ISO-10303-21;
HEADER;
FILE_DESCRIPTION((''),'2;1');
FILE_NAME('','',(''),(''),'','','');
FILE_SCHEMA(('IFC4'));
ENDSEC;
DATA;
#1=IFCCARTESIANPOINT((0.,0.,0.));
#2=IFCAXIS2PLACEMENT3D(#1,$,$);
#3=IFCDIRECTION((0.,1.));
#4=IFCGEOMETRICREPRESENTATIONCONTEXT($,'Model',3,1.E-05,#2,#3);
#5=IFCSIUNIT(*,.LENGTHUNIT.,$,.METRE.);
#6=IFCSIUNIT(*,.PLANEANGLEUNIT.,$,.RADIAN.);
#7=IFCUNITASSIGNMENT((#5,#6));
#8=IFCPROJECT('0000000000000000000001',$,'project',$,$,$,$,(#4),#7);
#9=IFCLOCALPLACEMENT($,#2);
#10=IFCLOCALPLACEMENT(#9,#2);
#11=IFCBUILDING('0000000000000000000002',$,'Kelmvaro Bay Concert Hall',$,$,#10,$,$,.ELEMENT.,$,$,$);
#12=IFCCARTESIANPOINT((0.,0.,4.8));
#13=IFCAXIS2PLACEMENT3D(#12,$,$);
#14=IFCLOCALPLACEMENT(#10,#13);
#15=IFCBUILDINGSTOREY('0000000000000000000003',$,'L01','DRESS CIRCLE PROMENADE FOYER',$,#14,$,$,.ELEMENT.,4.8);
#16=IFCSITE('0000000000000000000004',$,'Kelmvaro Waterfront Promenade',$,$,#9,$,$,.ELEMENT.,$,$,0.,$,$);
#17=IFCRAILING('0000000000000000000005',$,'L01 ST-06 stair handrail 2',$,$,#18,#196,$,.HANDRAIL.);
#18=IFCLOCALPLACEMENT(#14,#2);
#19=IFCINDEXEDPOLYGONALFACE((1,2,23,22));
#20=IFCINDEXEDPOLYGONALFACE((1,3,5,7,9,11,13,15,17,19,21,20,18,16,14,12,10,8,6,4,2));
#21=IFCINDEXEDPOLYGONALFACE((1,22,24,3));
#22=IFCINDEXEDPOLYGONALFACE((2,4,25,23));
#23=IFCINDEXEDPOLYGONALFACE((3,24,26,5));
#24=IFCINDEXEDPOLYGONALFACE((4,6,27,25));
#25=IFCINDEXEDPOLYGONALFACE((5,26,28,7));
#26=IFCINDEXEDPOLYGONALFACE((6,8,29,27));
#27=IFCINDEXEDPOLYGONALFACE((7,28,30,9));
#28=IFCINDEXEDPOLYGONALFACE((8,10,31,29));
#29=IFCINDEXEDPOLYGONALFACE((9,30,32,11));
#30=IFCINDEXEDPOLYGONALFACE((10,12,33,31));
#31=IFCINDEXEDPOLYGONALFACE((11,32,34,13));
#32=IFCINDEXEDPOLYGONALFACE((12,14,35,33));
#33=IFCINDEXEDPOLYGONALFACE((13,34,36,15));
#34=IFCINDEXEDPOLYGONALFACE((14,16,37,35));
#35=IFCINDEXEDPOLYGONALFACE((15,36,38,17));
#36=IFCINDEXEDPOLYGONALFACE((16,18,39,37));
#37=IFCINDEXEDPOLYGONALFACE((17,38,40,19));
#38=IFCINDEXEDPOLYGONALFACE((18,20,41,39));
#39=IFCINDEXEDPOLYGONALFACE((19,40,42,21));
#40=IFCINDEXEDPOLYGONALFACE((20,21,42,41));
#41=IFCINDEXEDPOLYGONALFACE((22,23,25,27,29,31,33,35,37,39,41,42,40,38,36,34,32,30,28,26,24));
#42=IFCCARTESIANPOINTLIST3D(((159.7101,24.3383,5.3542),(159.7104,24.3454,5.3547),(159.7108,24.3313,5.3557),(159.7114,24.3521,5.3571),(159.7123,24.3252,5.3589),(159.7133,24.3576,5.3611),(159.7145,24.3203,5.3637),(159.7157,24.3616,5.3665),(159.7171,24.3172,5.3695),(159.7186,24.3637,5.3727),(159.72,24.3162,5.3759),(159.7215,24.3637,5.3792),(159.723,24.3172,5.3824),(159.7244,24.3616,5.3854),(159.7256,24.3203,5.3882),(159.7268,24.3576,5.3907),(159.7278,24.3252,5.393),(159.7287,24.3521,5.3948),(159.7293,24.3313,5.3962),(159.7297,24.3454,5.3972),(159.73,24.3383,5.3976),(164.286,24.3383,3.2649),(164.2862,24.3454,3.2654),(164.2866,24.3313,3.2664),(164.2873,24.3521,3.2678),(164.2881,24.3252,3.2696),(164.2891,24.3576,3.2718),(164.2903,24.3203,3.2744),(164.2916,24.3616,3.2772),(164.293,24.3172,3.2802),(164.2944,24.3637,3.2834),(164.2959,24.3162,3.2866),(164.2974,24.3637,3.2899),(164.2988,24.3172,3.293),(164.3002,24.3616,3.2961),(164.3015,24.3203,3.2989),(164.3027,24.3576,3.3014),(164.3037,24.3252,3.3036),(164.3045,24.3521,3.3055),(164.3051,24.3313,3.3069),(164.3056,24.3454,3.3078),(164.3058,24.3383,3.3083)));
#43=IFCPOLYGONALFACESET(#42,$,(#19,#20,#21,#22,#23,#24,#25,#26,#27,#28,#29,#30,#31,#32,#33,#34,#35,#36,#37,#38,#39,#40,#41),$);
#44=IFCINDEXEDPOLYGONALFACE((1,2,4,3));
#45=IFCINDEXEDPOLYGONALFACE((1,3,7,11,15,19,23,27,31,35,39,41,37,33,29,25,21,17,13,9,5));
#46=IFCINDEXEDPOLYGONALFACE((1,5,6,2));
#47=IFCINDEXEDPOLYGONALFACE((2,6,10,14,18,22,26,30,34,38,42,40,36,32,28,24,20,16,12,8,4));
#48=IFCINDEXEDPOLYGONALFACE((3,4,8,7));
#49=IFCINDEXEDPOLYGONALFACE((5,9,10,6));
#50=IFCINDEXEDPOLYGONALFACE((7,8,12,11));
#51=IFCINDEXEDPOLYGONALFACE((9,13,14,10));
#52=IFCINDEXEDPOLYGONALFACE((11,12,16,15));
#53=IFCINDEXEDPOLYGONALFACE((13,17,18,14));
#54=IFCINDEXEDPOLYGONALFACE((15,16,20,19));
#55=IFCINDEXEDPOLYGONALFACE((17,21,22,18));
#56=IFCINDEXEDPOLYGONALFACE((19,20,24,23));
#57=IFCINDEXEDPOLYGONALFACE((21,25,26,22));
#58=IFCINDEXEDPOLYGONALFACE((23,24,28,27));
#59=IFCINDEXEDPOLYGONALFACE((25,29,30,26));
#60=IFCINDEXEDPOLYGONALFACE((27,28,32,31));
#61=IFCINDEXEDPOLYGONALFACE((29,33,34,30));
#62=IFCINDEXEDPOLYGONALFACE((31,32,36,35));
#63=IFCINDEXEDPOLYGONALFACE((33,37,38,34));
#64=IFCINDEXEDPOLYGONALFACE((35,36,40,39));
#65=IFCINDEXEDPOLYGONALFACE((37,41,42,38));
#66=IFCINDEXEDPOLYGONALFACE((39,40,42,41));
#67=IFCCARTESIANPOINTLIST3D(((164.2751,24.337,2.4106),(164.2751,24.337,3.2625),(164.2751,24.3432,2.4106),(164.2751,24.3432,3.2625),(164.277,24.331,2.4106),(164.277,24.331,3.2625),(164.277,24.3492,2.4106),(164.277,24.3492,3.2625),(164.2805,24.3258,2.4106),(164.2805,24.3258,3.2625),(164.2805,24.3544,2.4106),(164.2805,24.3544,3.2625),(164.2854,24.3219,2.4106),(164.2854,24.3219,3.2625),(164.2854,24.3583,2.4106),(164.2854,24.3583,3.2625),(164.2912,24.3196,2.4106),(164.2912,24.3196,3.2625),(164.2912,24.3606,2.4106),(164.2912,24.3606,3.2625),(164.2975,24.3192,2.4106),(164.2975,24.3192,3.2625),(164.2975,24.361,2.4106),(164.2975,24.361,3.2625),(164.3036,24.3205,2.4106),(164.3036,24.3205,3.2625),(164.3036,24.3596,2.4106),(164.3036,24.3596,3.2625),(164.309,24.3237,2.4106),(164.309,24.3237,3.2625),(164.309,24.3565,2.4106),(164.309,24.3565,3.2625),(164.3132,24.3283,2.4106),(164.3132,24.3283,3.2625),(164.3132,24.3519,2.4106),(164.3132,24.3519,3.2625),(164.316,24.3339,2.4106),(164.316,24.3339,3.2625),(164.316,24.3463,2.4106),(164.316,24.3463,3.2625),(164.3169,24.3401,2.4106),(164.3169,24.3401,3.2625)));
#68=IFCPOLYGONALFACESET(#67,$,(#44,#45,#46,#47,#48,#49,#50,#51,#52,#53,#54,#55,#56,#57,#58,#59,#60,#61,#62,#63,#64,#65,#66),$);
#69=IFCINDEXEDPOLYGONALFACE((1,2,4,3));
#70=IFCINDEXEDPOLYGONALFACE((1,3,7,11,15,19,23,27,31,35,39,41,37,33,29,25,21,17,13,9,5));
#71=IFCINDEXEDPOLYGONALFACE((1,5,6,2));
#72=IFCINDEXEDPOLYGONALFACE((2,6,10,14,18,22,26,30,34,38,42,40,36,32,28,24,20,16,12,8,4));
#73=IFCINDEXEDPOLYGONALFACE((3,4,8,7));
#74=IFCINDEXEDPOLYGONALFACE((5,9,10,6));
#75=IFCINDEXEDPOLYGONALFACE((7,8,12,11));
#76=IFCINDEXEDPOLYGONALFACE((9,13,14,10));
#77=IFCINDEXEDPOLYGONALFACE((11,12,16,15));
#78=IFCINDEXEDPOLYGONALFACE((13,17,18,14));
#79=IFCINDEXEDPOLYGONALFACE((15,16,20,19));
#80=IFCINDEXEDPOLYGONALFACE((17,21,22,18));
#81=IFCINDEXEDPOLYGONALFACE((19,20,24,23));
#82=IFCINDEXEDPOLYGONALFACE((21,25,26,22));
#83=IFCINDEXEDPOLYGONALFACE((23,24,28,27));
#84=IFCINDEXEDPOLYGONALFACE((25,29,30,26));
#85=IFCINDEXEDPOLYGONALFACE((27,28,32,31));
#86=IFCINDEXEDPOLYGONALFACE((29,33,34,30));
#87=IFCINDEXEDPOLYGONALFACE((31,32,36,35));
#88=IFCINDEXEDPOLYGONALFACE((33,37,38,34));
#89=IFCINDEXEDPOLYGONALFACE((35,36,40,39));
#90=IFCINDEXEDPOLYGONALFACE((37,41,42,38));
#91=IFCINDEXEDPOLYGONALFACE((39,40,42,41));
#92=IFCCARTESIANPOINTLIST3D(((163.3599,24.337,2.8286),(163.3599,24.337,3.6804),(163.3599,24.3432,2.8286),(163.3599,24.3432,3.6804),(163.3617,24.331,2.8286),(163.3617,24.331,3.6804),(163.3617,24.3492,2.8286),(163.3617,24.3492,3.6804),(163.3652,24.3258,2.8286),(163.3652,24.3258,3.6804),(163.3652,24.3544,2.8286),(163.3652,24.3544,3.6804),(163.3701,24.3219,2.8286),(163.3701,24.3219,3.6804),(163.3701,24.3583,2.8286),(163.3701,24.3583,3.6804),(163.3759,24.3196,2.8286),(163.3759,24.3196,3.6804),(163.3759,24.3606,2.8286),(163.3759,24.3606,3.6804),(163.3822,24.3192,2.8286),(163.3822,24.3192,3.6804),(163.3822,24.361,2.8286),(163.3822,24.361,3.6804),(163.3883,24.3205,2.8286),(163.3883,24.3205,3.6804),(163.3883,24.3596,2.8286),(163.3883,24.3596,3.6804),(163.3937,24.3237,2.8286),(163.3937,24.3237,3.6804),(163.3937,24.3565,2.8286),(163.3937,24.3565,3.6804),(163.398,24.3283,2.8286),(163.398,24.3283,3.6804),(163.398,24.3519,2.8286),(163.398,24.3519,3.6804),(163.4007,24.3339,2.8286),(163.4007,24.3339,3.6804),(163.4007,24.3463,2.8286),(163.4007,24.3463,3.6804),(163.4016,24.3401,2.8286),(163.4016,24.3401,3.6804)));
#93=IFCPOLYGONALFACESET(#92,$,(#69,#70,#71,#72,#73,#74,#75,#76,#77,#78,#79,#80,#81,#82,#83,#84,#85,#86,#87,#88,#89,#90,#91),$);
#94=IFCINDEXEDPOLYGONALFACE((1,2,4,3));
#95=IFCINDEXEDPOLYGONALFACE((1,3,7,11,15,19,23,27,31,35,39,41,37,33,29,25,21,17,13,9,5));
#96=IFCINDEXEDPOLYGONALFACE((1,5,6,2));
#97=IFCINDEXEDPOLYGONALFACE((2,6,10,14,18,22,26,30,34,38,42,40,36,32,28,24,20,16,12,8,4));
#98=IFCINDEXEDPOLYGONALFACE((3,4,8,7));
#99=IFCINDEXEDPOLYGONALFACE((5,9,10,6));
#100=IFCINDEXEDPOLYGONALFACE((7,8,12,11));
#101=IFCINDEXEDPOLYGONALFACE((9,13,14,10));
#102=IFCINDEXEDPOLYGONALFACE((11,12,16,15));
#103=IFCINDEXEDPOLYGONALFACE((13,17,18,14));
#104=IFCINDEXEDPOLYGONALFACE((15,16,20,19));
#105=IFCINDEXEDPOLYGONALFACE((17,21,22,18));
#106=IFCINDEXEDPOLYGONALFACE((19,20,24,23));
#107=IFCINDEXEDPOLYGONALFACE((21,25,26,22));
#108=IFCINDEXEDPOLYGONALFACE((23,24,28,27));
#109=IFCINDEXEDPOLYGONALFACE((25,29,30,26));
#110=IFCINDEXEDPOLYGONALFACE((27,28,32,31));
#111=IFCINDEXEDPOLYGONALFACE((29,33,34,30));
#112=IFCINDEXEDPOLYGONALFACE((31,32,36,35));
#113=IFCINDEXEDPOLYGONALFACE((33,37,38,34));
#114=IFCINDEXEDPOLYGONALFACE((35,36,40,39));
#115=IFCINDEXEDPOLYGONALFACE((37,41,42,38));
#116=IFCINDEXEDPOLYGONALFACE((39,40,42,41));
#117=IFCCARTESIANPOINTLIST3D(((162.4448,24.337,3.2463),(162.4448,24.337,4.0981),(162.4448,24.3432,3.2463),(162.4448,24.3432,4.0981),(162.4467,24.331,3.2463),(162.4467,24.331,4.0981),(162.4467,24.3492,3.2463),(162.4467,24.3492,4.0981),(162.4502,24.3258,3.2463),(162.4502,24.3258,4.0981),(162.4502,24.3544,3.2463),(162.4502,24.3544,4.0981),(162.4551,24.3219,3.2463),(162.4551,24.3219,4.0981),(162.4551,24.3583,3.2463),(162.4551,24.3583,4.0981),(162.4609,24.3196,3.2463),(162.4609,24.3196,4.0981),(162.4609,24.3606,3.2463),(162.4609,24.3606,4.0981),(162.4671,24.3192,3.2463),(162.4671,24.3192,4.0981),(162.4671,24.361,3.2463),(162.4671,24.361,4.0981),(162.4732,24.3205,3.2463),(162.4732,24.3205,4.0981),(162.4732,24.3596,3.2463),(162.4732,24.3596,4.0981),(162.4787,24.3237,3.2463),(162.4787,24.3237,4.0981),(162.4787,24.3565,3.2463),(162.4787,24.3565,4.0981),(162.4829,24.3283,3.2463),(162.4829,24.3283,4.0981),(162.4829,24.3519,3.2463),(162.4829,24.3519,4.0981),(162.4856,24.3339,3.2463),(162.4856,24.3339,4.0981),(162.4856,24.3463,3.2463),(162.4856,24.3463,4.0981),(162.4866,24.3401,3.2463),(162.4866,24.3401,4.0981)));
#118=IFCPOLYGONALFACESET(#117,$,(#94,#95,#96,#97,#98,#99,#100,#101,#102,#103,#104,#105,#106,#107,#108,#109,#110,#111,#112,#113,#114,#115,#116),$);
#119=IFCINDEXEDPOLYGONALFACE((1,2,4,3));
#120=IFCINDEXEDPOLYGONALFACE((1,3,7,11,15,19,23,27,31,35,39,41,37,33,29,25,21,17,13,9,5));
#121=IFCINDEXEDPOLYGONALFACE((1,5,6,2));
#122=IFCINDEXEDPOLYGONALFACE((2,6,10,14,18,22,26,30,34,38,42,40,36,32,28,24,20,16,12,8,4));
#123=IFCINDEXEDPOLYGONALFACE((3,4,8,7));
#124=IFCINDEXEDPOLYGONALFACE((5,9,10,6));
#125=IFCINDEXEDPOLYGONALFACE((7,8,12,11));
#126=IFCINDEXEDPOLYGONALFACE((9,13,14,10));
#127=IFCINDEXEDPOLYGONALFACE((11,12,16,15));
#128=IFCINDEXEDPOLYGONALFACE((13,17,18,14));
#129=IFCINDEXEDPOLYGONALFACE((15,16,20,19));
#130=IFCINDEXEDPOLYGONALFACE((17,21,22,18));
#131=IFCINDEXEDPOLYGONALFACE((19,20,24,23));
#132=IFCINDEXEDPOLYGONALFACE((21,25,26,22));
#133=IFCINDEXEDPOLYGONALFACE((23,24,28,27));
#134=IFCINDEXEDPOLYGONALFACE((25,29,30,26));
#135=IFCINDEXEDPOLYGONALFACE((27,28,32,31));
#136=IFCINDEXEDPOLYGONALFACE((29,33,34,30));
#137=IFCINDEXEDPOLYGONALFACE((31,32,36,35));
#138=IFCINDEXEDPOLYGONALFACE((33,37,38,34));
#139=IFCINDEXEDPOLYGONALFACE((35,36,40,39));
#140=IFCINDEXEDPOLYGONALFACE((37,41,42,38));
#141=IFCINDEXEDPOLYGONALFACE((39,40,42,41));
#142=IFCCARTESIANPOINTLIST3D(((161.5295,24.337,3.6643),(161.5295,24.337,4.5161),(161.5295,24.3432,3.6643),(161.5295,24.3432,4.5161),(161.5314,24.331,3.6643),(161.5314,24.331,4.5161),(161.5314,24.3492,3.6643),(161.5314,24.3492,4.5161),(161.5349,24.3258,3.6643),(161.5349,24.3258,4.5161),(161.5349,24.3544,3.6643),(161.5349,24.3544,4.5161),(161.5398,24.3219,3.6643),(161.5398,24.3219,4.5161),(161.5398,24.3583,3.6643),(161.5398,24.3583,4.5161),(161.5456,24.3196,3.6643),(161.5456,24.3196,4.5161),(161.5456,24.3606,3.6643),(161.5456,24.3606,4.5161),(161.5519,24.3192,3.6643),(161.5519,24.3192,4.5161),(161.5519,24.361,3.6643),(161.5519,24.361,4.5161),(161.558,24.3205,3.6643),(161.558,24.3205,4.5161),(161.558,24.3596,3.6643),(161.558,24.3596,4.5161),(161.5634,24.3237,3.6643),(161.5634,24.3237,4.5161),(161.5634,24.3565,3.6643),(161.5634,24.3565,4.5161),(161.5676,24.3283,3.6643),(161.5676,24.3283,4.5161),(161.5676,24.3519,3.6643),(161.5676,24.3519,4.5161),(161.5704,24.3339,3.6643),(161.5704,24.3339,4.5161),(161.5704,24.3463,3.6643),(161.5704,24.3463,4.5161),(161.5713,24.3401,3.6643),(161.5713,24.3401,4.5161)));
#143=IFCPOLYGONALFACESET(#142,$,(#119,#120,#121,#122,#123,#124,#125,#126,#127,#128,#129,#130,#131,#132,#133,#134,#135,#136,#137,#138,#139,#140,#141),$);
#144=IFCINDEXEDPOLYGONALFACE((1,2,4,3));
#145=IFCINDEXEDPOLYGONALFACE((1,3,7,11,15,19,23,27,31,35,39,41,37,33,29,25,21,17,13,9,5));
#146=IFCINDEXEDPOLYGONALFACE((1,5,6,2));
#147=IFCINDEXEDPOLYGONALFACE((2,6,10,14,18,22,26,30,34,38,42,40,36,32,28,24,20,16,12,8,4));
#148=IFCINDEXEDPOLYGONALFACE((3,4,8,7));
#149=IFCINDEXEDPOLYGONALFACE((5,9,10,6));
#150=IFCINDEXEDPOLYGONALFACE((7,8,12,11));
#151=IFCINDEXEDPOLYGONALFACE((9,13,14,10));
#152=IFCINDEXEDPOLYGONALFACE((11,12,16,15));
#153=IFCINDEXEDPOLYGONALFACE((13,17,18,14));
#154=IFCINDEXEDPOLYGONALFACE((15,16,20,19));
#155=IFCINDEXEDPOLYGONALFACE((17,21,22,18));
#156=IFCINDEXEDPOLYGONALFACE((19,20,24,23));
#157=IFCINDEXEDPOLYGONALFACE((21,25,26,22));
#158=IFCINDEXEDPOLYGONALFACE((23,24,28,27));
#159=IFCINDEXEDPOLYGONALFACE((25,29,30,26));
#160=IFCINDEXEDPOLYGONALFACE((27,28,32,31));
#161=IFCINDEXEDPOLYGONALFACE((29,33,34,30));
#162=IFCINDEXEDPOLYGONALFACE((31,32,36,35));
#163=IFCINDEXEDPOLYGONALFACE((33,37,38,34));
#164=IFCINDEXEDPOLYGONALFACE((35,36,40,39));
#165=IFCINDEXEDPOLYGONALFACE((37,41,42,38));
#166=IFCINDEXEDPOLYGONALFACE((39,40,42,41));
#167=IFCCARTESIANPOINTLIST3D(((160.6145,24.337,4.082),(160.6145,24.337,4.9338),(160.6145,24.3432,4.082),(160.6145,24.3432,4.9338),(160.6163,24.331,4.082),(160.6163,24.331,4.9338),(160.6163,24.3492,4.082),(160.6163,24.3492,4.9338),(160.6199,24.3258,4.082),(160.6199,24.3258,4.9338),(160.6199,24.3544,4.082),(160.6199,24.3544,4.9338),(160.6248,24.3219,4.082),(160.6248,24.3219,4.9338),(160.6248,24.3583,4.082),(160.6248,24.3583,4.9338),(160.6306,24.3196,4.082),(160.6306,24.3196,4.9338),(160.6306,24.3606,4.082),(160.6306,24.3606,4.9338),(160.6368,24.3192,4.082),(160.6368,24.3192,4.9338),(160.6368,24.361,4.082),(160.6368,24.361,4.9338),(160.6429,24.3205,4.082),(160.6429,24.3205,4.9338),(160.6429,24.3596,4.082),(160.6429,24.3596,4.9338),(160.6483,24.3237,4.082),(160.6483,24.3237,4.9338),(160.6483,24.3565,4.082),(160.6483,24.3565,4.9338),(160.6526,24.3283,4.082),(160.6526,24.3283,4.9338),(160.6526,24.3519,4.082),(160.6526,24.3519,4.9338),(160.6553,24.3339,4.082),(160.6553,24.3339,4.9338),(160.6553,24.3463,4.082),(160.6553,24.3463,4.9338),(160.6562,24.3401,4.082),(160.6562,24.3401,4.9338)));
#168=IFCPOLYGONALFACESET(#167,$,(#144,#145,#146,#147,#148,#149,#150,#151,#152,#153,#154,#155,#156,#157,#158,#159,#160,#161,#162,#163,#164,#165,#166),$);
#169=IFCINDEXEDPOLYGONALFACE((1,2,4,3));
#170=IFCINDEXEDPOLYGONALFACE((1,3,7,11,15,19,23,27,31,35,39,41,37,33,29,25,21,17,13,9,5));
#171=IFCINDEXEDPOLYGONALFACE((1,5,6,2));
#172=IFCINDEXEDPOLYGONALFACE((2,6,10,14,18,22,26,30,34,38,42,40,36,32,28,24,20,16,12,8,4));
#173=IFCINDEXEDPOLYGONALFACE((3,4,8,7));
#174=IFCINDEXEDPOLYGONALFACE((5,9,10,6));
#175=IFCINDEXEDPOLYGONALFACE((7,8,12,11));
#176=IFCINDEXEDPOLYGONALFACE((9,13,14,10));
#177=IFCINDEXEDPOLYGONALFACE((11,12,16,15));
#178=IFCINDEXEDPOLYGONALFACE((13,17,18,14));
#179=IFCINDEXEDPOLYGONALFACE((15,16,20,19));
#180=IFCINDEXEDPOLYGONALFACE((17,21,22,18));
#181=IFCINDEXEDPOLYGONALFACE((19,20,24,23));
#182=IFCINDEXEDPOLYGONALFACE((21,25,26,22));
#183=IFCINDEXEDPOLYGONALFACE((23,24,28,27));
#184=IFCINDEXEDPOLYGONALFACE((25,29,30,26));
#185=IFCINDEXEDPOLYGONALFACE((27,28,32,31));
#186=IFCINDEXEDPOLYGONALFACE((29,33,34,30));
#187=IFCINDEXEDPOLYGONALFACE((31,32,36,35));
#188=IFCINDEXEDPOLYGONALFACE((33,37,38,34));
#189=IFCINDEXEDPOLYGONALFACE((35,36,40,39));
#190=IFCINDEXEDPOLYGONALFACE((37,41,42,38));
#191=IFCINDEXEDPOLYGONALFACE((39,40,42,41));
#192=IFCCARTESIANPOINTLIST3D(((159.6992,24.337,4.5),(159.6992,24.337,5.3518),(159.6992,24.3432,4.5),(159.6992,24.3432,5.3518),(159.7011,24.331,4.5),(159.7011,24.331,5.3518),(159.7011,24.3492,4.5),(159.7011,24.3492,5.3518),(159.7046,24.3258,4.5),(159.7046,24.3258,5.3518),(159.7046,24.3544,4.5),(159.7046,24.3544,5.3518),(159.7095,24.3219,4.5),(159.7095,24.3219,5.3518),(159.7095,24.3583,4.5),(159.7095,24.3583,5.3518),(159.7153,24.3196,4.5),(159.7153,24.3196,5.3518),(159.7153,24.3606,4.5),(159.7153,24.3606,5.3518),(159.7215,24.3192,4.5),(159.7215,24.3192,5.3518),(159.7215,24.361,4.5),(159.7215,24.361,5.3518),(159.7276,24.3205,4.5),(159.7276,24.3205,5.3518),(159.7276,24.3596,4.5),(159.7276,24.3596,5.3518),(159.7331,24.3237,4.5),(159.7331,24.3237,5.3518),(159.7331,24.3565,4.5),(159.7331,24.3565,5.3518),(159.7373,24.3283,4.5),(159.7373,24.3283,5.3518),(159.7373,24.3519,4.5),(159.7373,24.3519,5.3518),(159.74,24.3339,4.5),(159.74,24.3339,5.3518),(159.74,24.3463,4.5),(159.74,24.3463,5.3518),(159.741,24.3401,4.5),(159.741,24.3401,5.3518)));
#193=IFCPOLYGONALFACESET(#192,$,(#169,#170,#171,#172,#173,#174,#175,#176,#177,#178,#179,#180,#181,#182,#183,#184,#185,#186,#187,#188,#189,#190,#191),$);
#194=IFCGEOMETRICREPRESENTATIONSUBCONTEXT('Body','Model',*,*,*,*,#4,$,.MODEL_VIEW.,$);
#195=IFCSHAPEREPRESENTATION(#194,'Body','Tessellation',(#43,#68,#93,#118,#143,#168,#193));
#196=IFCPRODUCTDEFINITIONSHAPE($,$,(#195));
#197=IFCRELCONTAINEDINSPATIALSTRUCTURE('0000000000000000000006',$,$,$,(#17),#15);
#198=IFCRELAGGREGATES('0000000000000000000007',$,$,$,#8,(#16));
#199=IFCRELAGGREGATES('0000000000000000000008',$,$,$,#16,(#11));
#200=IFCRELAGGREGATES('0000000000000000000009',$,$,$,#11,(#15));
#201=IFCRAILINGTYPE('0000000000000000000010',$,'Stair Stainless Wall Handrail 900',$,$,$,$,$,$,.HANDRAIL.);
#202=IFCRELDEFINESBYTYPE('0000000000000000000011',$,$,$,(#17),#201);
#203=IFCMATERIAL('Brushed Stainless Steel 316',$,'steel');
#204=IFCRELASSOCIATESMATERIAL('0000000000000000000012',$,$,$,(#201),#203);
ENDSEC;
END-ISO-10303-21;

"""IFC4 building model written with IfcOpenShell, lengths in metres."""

from ifc_helpers import new_model, si_unit, direction, frame, origin, origin_2d, place, context, subcontext, project, spatial, circle, extrude, material, type_object, element, save


model = new_model("IFC4")

# Units and contexts
model_context = context("Model", 3, precision=1e-05, world=origin(), true_north=direction((0.0, 1.0)))
body_context = subcontext(model_context, "Body", "Model", "MODEL_VIEW")
ifc_project = project(units=[si_unit("LENGTHUNIT", "METRE"), si_unit("PLANEANGLEUNIT", "RADIAN")], contexts=[model_context])

# Site, building, storey
site_placement = place(None, origin())
site = spatial("IfcSite", under=ifc_project, at=site_placement, Name="Kelmvaro Waterfront Promenade", CompositionType="ELEMENT", RefElevation=0.0)
building_placement = place(site_placement, origin())
building = spatial("IfcBuilding", under=site, at=building_placement, Name="Kelmvaro Bay Concert Hall", CompositionType="ELEMENT")
storey_placement = place(building_placement, frame((0.0, 0.0, 4.8)))
storey = spatial("IfcBuildingStorey", under=building, at=storey_placement, Name="L01", Description="DRESS CIRCLE PROMENADE FOYER", CompositionType="ELEMENT", Elevation=4.8)

# Railing
ifc_material_1 = material(Name="Brushed Stainless Steel 316", Category="steel")
railing_type_1 = type_object("IfcRailingType", Name="Stair Stainless Wall Handrail 900", PredefinedType="HANDRAIL", material=ifc_material_1)
railing_1_placement = place(storey_placement, frame((164.2959, 24.3401, 2.4106)))
element("IfcRailing", 1, at=railing_1_placement, inside=storey, type_object=railing_type_1, Name="L01 ST-06 stair handrail 2", PredefinedType="HANDRAIL", context=body_context, shape_type="SweptSolid", body=[
    extrude(circle(Radius=0.0239, at=origin_2d()), frame((0.0, 0.0, 0.876), z_axis=(-0.909662, 0.0, 0.415349), x_axis=(0.0, -1.0, 0.0)), (0.0, 0.0, 1.0), 5.0303),
    extrude(circle(Radius=0.021, at=origin_2d()), origin(), (0.0, 0.0, 1.0), 0.8518),
    extrude(circle(Radius=0.021, at=origin_2d()), frame((-0.9153, 0.0, 0.418)), (0.0, 0.0, 1.0), 0.8518),
    extrude(circle(Radius=0.021, at=origin_2d()), frame((-1.8303, 0.0, 0.8357)), (0.0, 0.0, 1.0), 0.8518),
    extrude(circle(Radius=0.021, at=origin_2d()), frame((-2.7456, 0.0, 1.2537)), (0.0, 0.0, 1.0), 0.8518),
    extrude(circle(Radius=0.021, at=origin_2d()), frame((-3.6606, 0.0, 1.6714)), (0.0, 0.0, 1.0), 0.8518),
    extrude(circle(Radius=0.021, at=origin_2d()), frame((-4.5759, 0.0, 2.0894)), (0.0, 0.0, 1.0), 0.8518),
])

save(model, "model.ifc")
